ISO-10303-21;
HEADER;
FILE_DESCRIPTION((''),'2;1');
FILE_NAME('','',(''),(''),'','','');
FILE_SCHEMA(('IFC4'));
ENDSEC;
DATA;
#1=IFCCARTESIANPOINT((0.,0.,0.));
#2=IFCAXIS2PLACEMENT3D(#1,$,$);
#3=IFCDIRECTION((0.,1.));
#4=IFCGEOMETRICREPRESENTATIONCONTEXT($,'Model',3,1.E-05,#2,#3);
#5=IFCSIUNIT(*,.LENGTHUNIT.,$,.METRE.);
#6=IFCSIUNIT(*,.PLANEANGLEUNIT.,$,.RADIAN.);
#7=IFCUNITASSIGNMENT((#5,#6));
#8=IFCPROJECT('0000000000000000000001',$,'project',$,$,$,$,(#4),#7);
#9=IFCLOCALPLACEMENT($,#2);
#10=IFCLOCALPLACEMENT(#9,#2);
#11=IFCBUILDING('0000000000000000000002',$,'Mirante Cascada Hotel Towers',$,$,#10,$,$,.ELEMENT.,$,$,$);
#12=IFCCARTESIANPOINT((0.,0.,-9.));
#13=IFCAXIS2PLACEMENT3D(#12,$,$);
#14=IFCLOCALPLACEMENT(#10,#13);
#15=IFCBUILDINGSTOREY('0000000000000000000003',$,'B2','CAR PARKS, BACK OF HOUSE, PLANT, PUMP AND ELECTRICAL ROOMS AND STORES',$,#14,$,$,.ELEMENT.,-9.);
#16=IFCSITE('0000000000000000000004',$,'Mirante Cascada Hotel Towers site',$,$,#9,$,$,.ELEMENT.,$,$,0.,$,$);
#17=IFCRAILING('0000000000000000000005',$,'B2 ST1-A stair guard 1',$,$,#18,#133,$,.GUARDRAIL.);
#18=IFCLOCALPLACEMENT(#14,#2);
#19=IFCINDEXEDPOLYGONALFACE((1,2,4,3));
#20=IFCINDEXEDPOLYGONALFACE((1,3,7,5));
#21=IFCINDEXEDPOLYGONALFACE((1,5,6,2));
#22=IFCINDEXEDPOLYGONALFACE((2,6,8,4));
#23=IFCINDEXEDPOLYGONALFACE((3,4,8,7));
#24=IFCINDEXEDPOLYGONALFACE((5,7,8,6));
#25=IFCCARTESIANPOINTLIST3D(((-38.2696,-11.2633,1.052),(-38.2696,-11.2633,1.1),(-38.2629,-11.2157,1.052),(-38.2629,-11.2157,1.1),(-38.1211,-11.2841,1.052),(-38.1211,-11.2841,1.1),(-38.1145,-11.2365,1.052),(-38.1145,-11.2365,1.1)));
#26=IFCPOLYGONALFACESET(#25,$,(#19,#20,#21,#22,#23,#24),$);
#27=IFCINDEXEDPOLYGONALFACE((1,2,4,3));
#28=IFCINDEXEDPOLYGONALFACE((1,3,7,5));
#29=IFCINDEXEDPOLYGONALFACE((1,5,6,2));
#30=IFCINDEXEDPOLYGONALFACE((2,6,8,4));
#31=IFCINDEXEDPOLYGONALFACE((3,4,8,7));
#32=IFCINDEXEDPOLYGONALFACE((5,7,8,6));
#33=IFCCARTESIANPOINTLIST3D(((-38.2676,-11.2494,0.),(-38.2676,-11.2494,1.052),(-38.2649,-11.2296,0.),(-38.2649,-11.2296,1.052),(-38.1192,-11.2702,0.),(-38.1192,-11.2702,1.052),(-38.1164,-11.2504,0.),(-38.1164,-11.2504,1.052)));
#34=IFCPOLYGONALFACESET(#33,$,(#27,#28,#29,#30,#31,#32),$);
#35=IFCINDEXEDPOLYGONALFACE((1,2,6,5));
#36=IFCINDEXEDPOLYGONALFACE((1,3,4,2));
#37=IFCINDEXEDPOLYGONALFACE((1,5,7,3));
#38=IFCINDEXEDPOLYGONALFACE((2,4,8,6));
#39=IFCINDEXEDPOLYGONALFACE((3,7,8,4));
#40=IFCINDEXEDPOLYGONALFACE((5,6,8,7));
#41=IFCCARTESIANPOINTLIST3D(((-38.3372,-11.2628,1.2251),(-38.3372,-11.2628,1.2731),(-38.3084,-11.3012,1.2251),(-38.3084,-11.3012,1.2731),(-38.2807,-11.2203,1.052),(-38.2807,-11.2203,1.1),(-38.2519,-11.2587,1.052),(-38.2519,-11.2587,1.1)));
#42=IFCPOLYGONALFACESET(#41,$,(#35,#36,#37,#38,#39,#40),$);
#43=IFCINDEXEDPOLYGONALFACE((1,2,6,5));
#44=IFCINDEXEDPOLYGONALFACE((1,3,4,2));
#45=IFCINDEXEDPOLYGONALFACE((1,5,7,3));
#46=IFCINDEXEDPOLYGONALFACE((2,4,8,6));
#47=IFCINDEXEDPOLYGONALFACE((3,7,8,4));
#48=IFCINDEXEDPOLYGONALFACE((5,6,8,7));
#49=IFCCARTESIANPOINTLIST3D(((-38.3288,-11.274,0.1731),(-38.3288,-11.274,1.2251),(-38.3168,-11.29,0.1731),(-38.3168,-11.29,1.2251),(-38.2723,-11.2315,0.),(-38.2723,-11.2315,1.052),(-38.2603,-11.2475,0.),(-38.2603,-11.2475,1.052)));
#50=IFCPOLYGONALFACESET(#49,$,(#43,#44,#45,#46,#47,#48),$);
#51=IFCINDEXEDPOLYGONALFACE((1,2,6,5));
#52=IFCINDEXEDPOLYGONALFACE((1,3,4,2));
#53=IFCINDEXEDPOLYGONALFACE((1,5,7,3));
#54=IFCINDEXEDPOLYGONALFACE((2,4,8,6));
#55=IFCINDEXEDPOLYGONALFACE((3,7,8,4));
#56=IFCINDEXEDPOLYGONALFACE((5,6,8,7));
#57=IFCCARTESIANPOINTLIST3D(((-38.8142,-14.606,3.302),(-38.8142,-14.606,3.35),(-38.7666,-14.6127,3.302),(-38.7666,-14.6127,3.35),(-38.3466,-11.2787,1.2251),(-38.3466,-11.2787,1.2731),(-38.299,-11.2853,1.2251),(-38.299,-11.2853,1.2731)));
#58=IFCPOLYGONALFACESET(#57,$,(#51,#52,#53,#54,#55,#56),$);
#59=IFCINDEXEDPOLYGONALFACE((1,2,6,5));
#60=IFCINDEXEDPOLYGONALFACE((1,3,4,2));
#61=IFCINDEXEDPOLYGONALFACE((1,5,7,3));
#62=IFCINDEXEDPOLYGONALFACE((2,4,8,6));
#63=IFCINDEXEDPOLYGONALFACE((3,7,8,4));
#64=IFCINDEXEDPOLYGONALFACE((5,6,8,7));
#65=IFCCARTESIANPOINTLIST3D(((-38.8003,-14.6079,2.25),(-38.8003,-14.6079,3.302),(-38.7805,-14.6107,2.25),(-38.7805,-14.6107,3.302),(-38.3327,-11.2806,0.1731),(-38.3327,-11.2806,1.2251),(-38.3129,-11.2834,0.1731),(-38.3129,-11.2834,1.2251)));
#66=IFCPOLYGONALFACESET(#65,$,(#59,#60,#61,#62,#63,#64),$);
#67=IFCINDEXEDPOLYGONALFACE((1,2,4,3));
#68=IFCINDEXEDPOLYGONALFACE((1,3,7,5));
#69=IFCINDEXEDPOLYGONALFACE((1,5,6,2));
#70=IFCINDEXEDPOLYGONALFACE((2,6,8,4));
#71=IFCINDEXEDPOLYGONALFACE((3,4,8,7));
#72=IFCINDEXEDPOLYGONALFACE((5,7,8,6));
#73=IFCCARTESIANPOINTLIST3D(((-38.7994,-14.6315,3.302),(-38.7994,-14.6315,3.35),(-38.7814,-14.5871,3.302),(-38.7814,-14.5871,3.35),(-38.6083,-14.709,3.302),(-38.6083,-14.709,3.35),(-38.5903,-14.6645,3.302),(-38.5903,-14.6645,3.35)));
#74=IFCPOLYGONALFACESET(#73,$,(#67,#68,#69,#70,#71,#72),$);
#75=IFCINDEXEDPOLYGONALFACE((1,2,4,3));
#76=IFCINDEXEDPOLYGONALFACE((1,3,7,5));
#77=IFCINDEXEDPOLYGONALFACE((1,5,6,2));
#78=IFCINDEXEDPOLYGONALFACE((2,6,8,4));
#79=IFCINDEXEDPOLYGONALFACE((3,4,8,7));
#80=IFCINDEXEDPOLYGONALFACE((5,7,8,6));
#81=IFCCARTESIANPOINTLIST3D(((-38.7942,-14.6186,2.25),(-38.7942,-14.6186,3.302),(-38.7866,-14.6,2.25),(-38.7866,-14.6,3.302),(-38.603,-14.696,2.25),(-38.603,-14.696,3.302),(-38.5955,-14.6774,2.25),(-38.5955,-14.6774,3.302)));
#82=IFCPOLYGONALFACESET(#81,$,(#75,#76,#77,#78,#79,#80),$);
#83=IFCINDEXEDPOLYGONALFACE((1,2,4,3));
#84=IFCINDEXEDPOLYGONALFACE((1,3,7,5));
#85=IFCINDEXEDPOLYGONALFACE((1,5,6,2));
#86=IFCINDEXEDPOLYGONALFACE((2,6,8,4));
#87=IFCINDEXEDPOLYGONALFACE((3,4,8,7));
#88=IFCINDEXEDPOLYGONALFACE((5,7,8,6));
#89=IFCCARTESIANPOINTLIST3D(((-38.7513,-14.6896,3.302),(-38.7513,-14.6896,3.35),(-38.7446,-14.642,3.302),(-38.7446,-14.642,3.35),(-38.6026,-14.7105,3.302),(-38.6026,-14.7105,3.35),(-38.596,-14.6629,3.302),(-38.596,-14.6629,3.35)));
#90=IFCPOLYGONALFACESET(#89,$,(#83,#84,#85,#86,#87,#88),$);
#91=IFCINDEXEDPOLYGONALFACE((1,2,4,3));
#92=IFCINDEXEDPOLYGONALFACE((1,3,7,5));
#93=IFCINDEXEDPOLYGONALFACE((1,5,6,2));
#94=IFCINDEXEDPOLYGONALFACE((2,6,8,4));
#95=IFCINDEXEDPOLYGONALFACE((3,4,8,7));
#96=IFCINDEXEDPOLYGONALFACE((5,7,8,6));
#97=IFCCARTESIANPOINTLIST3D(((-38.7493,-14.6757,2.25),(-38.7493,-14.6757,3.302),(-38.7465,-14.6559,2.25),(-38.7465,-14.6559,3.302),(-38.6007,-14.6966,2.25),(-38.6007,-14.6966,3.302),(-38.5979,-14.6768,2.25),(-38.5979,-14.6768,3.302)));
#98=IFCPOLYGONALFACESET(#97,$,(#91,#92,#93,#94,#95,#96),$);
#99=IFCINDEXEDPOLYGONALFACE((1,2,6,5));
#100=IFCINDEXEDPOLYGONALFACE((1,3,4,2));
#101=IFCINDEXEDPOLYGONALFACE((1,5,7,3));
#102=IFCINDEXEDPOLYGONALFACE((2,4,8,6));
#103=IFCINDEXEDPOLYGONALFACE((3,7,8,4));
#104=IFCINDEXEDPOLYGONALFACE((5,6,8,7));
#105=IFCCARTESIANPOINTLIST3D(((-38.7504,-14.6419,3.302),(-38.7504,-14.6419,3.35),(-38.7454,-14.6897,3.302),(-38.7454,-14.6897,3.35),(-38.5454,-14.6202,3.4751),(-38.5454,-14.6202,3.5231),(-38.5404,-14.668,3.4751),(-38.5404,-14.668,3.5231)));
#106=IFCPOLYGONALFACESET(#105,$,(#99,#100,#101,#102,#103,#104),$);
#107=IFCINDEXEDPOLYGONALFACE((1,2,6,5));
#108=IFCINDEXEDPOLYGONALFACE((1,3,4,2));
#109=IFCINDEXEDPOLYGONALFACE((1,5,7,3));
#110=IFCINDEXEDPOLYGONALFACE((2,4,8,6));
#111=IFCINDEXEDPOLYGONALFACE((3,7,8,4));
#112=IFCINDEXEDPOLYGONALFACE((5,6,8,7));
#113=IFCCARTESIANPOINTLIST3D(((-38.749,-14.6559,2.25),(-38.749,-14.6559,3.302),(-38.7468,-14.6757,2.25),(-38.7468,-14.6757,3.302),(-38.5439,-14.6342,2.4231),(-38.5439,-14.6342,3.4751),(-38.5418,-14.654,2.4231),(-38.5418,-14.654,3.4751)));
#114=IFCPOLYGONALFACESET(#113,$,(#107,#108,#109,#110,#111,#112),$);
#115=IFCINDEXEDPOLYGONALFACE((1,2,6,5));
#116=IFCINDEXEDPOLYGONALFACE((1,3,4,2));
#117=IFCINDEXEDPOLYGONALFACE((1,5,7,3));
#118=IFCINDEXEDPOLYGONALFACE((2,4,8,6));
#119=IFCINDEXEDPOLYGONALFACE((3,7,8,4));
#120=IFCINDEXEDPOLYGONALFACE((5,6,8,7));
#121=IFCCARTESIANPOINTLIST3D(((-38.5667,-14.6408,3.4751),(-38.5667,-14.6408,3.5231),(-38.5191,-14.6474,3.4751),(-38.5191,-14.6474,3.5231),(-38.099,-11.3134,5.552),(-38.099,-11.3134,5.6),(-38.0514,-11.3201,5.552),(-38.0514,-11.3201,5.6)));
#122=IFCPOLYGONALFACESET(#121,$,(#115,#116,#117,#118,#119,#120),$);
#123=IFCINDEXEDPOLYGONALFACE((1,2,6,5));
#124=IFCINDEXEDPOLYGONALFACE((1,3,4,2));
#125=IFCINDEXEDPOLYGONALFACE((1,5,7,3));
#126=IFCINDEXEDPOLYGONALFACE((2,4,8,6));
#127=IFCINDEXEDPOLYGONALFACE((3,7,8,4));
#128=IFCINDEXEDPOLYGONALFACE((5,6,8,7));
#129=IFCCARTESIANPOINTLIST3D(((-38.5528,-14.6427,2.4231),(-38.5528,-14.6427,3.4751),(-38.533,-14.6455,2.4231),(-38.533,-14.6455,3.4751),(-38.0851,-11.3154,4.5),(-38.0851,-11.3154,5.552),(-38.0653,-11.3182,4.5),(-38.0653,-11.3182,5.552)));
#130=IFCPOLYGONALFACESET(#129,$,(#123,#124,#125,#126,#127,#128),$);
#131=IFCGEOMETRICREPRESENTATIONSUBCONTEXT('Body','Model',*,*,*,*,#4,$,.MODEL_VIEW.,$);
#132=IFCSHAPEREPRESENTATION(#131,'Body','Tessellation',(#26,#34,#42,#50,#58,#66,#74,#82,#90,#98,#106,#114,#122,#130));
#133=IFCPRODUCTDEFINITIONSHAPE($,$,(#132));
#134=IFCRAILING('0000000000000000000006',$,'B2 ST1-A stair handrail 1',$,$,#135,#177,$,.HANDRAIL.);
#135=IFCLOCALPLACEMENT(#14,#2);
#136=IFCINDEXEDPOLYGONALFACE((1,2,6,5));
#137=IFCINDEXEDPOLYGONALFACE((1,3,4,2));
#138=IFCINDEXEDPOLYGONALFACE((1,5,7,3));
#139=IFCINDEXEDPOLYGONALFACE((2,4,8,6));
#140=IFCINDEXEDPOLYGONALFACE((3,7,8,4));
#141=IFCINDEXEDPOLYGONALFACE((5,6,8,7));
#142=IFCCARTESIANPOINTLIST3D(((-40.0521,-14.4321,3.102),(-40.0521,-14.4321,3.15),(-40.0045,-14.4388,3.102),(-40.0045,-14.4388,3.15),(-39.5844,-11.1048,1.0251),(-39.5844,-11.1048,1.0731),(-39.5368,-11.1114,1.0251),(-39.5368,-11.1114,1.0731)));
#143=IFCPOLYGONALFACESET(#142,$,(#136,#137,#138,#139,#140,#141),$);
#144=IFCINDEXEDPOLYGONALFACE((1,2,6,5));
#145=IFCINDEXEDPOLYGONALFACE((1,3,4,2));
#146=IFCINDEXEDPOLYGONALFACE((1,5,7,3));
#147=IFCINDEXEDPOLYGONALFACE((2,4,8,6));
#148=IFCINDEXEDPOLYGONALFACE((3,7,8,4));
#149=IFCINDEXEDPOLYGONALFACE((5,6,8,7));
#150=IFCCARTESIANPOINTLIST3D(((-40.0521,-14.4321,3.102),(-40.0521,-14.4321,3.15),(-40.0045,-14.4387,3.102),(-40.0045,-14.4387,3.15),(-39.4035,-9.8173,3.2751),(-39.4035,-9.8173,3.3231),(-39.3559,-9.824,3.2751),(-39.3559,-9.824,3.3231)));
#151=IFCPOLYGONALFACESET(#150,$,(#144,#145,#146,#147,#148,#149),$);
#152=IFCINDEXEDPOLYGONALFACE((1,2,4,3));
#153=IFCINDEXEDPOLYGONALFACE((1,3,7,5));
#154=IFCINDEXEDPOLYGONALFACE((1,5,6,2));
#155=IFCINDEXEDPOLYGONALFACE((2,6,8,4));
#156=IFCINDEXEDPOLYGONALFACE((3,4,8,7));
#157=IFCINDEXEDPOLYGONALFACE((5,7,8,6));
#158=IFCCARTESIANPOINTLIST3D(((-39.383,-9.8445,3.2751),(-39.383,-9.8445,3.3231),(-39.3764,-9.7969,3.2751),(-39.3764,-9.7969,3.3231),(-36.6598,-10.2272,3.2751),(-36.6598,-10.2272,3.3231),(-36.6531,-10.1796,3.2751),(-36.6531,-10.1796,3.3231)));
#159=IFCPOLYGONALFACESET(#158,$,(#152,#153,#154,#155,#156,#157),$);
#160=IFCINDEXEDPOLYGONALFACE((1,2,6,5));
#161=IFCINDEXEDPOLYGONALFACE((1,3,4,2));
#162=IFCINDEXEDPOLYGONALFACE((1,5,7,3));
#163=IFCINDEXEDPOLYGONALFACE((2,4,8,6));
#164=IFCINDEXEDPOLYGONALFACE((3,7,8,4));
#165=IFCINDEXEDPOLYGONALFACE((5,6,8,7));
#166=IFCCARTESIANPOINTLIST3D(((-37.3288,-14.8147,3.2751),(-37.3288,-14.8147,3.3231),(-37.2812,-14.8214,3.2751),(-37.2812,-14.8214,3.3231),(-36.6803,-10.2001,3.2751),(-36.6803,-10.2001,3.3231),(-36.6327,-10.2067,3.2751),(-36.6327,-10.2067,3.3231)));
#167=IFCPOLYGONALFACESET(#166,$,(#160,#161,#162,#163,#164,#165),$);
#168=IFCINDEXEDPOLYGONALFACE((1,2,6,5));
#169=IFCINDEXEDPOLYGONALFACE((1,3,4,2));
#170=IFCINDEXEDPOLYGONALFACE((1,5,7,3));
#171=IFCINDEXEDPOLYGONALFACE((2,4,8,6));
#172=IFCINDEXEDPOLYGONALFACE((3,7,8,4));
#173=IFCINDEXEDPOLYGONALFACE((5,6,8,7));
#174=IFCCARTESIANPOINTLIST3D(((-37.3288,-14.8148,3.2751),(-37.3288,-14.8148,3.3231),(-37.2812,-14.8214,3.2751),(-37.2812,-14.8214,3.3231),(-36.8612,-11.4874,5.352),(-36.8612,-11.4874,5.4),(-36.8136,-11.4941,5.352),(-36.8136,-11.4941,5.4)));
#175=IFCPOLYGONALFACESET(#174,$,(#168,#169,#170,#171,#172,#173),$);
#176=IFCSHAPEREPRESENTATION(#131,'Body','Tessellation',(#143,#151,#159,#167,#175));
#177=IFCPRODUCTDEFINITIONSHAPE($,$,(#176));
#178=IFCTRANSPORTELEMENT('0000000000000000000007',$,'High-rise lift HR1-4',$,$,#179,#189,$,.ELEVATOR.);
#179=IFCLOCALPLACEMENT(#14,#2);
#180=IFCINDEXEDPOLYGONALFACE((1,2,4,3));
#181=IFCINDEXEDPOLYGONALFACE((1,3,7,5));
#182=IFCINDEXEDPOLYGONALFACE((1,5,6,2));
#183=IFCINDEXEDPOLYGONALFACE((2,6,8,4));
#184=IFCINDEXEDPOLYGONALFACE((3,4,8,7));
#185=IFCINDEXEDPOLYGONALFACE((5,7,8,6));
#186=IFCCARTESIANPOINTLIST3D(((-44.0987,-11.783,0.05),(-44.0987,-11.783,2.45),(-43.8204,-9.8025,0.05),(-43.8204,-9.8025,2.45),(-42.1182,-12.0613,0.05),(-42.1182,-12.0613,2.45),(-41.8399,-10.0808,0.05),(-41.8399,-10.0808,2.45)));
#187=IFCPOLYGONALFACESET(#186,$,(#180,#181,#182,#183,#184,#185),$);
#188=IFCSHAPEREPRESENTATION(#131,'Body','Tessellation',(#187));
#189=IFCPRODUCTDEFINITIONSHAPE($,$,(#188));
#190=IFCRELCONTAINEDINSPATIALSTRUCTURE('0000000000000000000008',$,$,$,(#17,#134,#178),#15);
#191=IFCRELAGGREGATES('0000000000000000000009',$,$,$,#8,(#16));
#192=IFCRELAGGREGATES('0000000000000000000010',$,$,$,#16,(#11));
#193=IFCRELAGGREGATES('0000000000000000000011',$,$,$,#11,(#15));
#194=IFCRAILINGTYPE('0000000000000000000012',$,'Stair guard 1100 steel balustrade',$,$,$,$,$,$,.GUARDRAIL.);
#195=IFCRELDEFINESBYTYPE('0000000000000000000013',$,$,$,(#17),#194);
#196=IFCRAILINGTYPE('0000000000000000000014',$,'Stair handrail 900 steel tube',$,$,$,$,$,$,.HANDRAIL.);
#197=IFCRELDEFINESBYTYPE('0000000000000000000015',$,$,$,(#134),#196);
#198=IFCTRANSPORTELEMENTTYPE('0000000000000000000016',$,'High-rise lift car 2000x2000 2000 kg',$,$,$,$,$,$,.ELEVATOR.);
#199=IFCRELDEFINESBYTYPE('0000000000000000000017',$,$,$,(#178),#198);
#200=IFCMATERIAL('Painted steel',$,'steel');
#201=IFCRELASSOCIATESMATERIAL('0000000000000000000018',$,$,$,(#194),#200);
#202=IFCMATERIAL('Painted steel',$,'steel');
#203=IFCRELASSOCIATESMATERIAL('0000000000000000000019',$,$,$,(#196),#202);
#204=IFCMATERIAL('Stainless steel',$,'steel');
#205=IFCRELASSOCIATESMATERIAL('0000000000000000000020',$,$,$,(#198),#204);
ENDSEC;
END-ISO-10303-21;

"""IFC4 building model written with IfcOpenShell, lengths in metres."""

from ifc_helpers import new_model, si_unit, direction, frame, origin, origin_2d, place, context, subcontext, project, spatial, rectangle, extrude, material, type_object, element, save


model = new_model("IFC4")

# Units and contexts
model_context = context("Model", 3, precision=1e-05, world=origin(), true_north=direction((0.0, 1.0)))
body_context = subcontext(model_context, "Body", "Model", "MODEL_VIEW")
ifc_project = project(units=[si_unit("LENGTHUNIT", "METRE"), si_unit("PLANEANGLEUNIT", "RADIAN")], contexts=[model_context])

# Site, building, storey
site_placement = place(None, origin())
site = spatial("IfcSite", under=ifc_project, at=site_placement, Name="Mirante Cascada Hotel Towers site", CompositionType="ELEMENT", RefElevation=0.0)
building_placement = place(site_placement, origin())
building = spatial("IfcBuilding", under=site, at=building_placement, Name="Mirante Cascada Hotel Towers", CompositionType="ELEMENT")
storey_placement = place(building_placement, frame((0.0, 0.0, -9.0)))
storey = spatial("IfcBuildingStorey", under=building, at=storey_placement, Name="B2", Description="CAR PARKS, BACK OF HOUSE, PLANT, PUMP AND ELECTRICAL ROOMS AND STORES", CompositionType="ELEMENT", Elevation=-9.0)

# Railings
ifc_material_1 = material(Name="Painted steel", Category="steel")
railing_type_1 = type_object("IfcRailingType", Name="Stair guard 1100 steel balustrade", PredefinedType="GUARDRAIL", material=ifc_material_1)
railing_1_placement = place(storey_placement, frame((-38.1178, -11.2603, 0.0)))
element("IfcRailing", 1, at=railing_1_placement, inside=storey, type_object=railing_type_1, Name="B2 ST1-A stair guard 1", PredefinedType="GUARDRAIL", context=body_context, shape_type="SweptSolid", body=[
    extrude(rectangle(XDim=0.048, YDim=0.048, at=origin_2d()), frame((0.0, 0.0, 1.076), z_axis=(-0.990333, 0.138713, 0.0), x_axis=(-0.138713, -0.990333, 0.0)), (0.0, 0.0, 1.0), 0.1499),
    extrude(rectangle(XDim=0.02, YDim=1.052, at=origin_2d()), frame((0.0, 0.0, 0.526), z_axis=(-0.990333, 0.138713, 0.0), x_axis=(-0.138713, -0.990333, 0.0)), (0.0, 0.0, 1.0), 0.1499),
    extrude(rectangle(XDim=0.048, YDim=0.048, at=origin_2d()), frame((-0.1485, 0.0208, 1.076), z_axis=(-0.79915, -0.601131, 0.0), x_axis=(0.601131, -0.79915, 0.0)), (0.0, 0.92576, 0.378113), 0.187),
    extrude(rectangle(XDim=0.02, YDim=1.052, at=origin_2d()), frame((-0.1485, 0.0208, 0.526), z_axis=(-0.79915, -0.601131, 0.0), x_axis=(0.601131, -0.79915, 0.0)), (0.0, 0.92576, 0.378113), 0.187),
    extrude(rectangle(XDim=0.048, YDim=0.048, at=origin_2d()), frame((-0.205, -0.0217, 1.2491), z_axis=(-0.139167, -0.990269, 0.0), x_axis=(0.990269, -0.139167, 0.0)), (0.0, 0.525787, 0.850616), 3.9501),
    extrude(rectangle(XDim=0.02, YDim=1.052, at=origin_2d()), frame((-0.205, -0.0217, 0.6991), z_axis=(-0.139167, -0.990269, 0.0), x_axis=(0.990269, -0.139167, 0.0)), (0.0, 0.525787, 0.850616), 3.9501),
    extrude(rectangle(XDim=0.048, YDim=0.048, at=origin_2d()), frame((-0.6726, -3.349, 3.326), z_axis=(0.926862, -0.375401, 0.0), x_axis=(0.375401, 0.926862, 0.0)), (0.0, 0.0, 1.0), 0.2062),
    extrude(rectangle(XDim=0.02, YDim=1.052, at=origin_2d()), frame((-0.6726, -3.349, 2.776), z_axis=(0.926862, -0.375401, 0.0), x_axis=(0.375401, 0.926862, 0.0)), (0.0, 0.0, 1.0), 0.2062),
    extrude(rectangle(XDim=0.048, YDim=0.048, at=origin_2d()), frame((-0.4815, -3.4264, 3.326), z_axis=(-0.990254, 0.139275, 0.0), x_axis=(-0.139275, -0.990254, 0.0)), (0.0, 0.0, 1.0), 0.1501),
    extrude(rectangle(XDim=0.02, YDim=1.052, at=origin_2d()), frame((-0.4815, -3.4264, 2.776), z_axis=(-0.990254, 0.139275, 0.0), x_axis=(-0.139275, -0.990254, 0.0)), (0.0, 0.0, 1.0), 0.1501),
    extrude(rectangle(XDim=0.048, YDim=0.048, at=origin_2d()), frame((-0.6301, -3.4055, 3.326), z_axis=(0.994444, 0.105266, 0.0), x_axis=(-0.105266, 0.994444, 0.0)), (0.0, 0.643057, 0.765818), 0.2692),
    extrude(rectangle(XDim=0.02, YDim=1.052, at=origin_2d()), frame((-0.6301, -3.4055, 2.776), z_axis=(0.994444, 0.105266, 0.0), x_axis=(-0.105266, 0.994444, 0.0)), (0.0, 0.643057, 0.765818), 0.2692),
    extrude(rectangle(XDim=0.048, YDim=0.048, at=origin_2d()), frame((-0.4251, -3.3838, 3.4991), z_axis=(0.139196, 0.990265, 0.0), x_axis=(-0.990265, 0.139196, 0.0)), (0.0, 0.525786, 0.850617), 3.9501),
    extrude(rectangle(XDim=0.02, YDim=1.052, at=origin_2d()), frame((-0.4251, -3.3838, 2.9491), z_axis=(0.139196, 0.990265, 0.0), x_axis=(-0.990265, 0.139196, 0.0)), (0.0, 0.525786, 0.850617), 3.9501),
])
ifc_material_2 = material(Name="Painted steel", Category="steel")
railing_type_2 = type_object("IfcRailingType", Name="Stair handrail 900 steel tube", PredefinedType="HANDRAIL", material=ifc_material_2)
railing_2_placement = place(storey_placement, frame((-39.5606, -11.1081, 0.1731)))
element("IfcRailing", 2, at=railing_2_placement, inside=storey, type_object=railing_type_2, Name="B2 ST1-A stair handrail 1", PredefinedType="HANDRAIL", context=body_context, shape_type="SweptSolid", body=[
    extrude(rectangle(XDim=0.048, YDim=0.048, at=origin_2d()), frame((0.0, 0.0, 0.876), z_axis=(-0.139196, -0.990265, 0.0), x_axis=(0.990265, -0.139196, 0.0)), (0.0, 0.525786, 0.850617), 3.9501),
    extrude(rectangle(XDim=0.048, YDim=0.048, at=origin_2d()), frame((-0.4677, -3.3273, 2.9529), z_axis=(0.139183, 0.990267, 0.0), x_axis=(-0.990267, 0.139183, 0.0)), (0.0, 0.03712, 0.999311), 4.6633),
    extrude(rectangle(XDim=0.048, YDim=0.048, at=origin_2d()), frame((0.1809, 1.2874, 3.126), z_axis=(0.990269, -0.139166, 0.0), x_axis=(0.139166, 0.990269, 0.0)), (0.0, 0.0, 1.0), 2.75),
    extrude(rectangle(XDim=0.048, YDim=0.048, at=origin_2d()), frame((2.9041, 0.9047, 3.126), z_axis=(-0.139162, -0.99027, 0.0), x_axis=(0.99027, -0.139162, 0.0)), (0.0, 0.0, 1.0), 4.66),
    extrude(rectangle(XDim=0.048, YDim=0.048, at=origin_2d()), frame((2.2556, -3.71, 3.126), z_axis=(0.139167, 0.990269, 0.0), x_axis=(-0.990269, 0.139167, 0.0)), (0.0, 0.525787, 0.850616), 3.9501),
])

# Transport element
ifc_material_3 = material(Name="Stainless steel", Category="steel")
transport_element_type = type_object("IfcTransportElementType", Name="High-rise lift car 2000x2000 2000 kg", PredefinedType="ELEVATOR", material=ifc_material_3)
transport_element_placement = place(storey_placement, frame((-42.9693, -10.9319, 0.05), z_axis=(0.0, 0.0, 1.0), x_axis=(-0.990268, 0.139173, 0.0)))
element("IfcTransportElement", 3, at=transport_element_placement, inside=storey, type_object=transport_element_type, Name="High-rise lift HR1-4", PredefinedType="ELEVATOR", context=body_context, shape_type="SweptSolid", body=[
    extrude(rectangle(XDim=2.0, YDim=2.0, at=origin_2d()), origin(), (0.0, 0.0, 1.0), 2.4),
])

save(model, "model.ifc")
